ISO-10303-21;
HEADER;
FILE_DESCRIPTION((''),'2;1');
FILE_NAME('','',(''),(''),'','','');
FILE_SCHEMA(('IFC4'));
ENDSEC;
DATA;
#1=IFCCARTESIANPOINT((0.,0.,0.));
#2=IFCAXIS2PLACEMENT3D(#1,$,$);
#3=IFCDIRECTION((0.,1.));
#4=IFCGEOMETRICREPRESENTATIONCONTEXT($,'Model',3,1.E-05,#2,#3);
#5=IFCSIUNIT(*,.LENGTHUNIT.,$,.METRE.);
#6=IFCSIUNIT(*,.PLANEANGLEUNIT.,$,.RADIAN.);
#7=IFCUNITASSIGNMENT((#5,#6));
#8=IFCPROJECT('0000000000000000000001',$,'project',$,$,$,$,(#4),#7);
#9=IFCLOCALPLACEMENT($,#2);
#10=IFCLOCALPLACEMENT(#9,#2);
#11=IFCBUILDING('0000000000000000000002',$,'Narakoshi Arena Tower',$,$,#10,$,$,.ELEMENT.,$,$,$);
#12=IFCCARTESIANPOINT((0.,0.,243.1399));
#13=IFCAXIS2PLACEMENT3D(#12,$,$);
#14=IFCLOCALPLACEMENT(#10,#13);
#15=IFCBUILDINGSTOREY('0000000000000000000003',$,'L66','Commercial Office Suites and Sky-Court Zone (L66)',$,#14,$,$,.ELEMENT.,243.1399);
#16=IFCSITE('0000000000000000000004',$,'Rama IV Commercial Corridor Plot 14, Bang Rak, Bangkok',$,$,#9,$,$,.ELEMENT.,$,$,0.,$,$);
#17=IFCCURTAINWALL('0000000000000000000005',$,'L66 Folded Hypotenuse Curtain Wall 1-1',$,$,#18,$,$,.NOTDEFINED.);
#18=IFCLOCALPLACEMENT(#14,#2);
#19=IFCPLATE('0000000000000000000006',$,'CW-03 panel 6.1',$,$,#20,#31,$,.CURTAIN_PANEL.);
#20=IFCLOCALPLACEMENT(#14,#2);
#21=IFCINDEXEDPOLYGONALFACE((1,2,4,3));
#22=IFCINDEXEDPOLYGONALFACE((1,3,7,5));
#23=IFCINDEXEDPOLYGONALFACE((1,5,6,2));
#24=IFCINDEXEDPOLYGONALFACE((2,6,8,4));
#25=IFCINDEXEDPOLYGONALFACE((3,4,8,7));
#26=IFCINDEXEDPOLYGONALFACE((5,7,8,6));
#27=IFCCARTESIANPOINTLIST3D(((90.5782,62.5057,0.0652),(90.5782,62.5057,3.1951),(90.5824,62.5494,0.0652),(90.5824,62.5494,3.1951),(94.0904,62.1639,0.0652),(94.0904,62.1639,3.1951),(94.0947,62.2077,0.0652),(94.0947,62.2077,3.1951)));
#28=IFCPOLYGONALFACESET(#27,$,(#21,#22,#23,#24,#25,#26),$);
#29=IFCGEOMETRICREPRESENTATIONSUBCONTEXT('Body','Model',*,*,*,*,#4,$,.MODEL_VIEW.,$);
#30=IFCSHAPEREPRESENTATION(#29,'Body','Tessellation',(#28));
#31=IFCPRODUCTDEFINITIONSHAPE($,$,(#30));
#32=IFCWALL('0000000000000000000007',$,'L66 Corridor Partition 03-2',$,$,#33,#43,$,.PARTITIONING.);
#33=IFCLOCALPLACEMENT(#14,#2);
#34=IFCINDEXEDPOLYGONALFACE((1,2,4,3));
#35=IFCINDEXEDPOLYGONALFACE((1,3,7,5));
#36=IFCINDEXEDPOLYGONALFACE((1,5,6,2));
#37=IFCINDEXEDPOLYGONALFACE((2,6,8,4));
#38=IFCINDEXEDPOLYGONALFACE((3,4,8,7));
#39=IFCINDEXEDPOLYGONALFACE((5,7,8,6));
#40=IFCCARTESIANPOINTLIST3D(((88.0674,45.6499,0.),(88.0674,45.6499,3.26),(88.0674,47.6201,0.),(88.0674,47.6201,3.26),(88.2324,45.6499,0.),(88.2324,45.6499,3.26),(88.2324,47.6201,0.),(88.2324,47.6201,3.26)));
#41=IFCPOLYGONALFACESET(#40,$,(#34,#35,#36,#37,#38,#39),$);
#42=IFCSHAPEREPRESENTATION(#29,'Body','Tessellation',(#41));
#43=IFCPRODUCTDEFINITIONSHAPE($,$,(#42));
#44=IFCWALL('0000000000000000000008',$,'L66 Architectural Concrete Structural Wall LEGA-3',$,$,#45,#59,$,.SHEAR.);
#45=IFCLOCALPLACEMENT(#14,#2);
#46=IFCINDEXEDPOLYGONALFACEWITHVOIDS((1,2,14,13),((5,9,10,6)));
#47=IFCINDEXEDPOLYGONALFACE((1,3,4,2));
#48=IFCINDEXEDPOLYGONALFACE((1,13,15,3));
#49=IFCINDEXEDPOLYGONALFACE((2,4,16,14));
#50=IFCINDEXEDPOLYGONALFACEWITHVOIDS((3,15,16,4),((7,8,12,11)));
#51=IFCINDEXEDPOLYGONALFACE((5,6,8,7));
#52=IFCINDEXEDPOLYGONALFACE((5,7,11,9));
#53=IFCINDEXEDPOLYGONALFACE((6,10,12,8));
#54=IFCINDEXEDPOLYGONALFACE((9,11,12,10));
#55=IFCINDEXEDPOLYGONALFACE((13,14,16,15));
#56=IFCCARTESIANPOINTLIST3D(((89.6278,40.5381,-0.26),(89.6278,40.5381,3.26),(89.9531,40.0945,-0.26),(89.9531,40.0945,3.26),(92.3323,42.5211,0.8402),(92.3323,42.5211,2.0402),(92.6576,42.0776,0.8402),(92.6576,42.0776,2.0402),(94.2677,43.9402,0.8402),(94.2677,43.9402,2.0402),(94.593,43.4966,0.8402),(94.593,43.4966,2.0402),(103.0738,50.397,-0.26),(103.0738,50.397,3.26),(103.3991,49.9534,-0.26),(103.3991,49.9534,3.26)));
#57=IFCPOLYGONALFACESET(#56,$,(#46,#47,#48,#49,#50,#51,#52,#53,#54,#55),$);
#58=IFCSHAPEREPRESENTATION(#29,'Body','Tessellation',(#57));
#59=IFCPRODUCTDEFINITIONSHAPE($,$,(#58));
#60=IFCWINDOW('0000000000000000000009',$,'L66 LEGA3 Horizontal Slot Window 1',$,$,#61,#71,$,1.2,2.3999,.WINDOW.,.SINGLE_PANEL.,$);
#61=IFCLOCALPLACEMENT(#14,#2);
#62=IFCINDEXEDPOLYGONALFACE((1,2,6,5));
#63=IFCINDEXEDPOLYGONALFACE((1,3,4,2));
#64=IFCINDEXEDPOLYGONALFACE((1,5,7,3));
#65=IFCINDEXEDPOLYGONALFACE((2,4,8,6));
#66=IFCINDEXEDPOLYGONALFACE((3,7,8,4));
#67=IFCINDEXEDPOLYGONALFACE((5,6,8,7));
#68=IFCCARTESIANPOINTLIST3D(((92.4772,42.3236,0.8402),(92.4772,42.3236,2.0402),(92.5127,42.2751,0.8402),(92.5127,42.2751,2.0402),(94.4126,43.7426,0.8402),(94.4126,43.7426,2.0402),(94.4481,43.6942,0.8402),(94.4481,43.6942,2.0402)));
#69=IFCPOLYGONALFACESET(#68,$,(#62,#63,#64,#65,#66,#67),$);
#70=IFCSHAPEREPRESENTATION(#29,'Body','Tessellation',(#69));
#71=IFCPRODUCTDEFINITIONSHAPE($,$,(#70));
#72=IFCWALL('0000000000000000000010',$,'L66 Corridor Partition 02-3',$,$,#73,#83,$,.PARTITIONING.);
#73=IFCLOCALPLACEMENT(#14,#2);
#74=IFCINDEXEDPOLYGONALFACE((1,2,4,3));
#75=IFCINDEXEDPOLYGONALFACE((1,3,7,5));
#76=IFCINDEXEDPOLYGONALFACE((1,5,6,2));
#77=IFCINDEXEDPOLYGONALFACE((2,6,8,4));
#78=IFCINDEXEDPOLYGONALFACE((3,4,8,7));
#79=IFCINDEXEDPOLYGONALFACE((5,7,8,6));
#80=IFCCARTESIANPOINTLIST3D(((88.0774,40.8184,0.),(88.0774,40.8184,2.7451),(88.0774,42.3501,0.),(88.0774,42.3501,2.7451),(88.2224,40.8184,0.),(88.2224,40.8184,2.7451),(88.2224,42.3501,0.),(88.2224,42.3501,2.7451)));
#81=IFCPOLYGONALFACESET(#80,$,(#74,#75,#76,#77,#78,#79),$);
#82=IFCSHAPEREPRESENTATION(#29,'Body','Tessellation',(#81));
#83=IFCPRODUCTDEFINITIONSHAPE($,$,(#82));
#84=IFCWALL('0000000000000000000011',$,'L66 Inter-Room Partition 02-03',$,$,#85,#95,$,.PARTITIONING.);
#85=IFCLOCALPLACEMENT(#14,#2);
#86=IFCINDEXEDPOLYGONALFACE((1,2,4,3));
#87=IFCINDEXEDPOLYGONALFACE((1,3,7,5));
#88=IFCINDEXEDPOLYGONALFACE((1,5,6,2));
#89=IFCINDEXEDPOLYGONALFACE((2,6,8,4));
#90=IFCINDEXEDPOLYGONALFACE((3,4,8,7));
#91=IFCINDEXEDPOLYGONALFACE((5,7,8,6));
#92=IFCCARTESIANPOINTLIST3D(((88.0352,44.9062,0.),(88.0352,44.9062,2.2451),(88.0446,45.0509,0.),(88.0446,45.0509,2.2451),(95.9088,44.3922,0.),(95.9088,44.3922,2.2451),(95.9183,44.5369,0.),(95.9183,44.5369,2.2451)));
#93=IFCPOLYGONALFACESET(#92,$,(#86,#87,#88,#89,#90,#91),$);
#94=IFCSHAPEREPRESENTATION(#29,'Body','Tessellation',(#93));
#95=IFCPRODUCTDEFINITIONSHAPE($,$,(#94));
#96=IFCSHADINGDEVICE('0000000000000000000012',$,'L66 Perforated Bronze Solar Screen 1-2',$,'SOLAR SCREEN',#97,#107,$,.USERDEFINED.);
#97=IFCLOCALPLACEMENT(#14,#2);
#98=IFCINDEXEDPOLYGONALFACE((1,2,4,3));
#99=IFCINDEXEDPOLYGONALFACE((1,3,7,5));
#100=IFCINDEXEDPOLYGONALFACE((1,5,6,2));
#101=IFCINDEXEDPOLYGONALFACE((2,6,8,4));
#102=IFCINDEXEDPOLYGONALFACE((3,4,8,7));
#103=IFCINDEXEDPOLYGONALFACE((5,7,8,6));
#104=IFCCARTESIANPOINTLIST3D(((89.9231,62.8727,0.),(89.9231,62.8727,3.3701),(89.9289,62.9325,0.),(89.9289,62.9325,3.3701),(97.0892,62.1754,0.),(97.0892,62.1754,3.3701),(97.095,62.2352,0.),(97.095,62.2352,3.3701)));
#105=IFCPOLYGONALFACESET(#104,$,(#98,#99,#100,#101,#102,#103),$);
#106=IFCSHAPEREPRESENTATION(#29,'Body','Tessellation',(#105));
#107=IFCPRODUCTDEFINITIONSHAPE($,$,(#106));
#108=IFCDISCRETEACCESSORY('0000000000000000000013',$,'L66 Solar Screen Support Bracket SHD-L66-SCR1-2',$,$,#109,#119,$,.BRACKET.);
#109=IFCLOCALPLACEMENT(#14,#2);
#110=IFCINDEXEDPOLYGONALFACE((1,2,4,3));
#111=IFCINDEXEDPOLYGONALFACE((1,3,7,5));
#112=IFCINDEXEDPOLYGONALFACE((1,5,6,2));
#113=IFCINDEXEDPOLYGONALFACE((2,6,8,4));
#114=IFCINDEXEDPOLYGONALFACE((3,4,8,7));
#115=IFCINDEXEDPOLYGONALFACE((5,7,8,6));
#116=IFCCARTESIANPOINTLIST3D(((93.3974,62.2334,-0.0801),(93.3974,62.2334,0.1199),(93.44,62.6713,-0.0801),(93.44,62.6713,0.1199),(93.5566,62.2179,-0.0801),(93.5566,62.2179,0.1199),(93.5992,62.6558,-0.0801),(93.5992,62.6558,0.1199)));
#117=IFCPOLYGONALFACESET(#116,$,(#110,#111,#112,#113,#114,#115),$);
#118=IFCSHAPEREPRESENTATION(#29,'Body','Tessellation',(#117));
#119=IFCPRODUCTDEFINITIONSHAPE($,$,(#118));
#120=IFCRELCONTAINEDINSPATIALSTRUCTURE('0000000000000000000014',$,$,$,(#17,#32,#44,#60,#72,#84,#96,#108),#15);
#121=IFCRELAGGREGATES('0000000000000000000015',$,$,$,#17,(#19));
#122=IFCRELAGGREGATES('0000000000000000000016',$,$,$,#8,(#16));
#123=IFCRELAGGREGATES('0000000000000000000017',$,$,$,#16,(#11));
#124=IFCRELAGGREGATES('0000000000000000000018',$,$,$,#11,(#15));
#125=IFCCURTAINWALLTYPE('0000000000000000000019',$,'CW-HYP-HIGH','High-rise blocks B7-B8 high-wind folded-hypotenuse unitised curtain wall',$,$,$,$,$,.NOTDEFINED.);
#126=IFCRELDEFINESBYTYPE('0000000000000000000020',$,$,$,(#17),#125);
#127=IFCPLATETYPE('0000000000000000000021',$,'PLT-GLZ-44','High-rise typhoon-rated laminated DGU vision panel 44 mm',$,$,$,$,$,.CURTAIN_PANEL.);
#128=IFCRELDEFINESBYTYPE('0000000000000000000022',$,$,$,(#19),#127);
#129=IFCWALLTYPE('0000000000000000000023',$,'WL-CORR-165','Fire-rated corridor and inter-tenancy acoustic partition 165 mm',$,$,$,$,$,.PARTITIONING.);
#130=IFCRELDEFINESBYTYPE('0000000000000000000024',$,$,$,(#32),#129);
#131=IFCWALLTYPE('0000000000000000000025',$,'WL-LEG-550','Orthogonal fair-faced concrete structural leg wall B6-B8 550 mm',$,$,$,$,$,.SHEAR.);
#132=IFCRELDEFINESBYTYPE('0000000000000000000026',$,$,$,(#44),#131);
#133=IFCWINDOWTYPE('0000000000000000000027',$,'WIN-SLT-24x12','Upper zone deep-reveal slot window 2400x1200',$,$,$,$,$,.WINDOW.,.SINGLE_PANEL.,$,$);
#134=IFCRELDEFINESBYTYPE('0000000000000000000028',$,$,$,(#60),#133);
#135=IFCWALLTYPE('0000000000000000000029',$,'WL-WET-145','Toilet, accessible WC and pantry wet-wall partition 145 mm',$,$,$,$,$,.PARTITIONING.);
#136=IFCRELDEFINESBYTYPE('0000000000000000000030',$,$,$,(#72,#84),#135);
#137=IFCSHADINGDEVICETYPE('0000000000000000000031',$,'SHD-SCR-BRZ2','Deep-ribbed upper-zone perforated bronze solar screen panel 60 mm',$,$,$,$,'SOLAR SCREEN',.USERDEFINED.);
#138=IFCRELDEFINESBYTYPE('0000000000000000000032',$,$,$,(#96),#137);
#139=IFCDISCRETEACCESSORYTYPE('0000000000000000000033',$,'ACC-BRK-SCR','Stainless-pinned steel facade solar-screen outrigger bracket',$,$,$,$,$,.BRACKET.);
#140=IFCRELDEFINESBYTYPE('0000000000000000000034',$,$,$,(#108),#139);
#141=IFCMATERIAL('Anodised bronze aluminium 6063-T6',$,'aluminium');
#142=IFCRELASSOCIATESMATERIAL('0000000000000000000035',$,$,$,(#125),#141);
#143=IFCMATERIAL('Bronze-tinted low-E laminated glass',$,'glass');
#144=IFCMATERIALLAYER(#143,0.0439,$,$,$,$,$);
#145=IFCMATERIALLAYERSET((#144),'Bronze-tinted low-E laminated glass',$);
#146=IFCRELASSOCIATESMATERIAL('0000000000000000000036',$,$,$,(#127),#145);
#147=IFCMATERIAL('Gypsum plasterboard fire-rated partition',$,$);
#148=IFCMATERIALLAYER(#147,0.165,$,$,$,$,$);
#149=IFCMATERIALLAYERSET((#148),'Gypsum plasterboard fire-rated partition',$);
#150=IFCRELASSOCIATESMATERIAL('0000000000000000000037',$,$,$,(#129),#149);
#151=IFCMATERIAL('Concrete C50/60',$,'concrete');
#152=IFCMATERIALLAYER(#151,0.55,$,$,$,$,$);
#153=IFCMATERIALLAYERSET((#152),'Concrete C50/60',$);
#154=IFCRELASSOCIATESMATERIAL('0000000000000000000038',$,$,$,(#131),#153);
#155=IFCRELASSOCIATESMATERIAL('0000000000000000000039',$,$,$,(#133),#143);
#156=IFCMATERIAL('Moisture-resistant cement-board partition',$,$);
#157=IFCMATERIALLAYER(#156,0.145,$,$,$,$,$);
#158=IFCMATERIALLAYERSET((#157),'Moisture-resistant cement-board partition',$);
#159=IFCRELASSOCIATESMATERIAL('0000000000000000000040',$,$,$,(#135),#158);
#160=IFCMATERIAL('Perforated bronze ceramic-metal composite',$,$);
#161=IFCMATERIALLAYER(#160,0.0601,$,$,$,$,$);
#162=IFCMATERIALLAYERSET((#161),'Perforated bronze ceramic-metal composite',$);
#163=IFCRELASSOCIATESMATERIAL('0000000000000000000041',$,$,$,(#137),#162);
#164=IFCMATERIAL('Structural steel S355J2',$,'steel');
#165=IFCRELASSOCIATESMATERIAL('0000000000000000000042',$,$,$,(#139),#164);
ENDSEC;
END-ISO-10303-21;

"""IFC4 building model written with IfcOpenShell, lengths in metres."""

from ifc_helpers import new_model, si_unit, direction, frame, frame_2d, origin, origin_2d, place, context, subcontext, project, spatial, rectangle, extrude, material, layer, layer_set, type_object, element, fill, aggregate, save


model = new_model("IFC4")

# Units and contexts
model_context = context("Model", 3, precision=1e-05, world=origin(), true_north=direction((0.0, 1.0)))
body_context = subcontext(model_context, "Body", "Model", "MODEL_VIEW")
ifc_project = project(units=[si_unit("LENGTHUNIT", "METRE"), si_unit("PLANEANGLEUNIT", "RADIAN")], contexts=[model_context])

# Site, building, storey
site_placement = place(None, origin())
site = spatial("IfcSite", under=ifc_project, at=site_placement, Name="Rama IV Commercial Corridor Plot 14, Bang Rak, Bangkok", CompositionType="ELEMENT", RefElevation=0.0)
building_placement = place(site_placement, origin())
building = spatial("IfcBuilding", under=site, at=building_placement, Name="Narakoshi Arena Tower", CompositionType="ELEMENT")
storey_placement = place(building_placement, frame((0.0, 0.0, 243.1399)))
storey = spatial("IfcBuildingStorey", under=building, at=storey_placement, Name="L66", Description="Commercial Office Suites and Sky-Court Zone (L66)", CompositionType="ELEMENT", Elevation=243.1399)

# Shared definitions
ifc_material_1 = material(Name="Concrete C50/60", Category="concrete")

# Shared definitions
ifc_material_2 = material(Name="Structural steel S355J2", Category="steel")

# Curtain wall
ifc_material_3 = material(Name="Anodised bronze aluminium 6063-T6", Category="aluminium")
curtain_wall_type = type_object("IfcCurtainWallType", Name="CW-HYP-HIGH", Description="High-rise blocks B7-B8 high-wind folded-hypotenuse unitised curtain wall", PredefinedType="NOTDEFINED", material=ifc_material_3)
curtain_wall_1_placement = place(storey_placement, origin())
curtain_wall_1 = element("IfcCurtainWall", 1, at=curtain_wall_1_placement, inside=storey, type_object=curtain_wall_type, Name="L66 Folded Hypotenuse Curtain Wall 1-1", PredefinedType="NOTDEFINED")

# Plate
ifc_material_4 = material(Name="Bronze-tinted low-E laminated glass", Category="glass")
ifc_layer_1 = layer(ifc_material_4, 0.0439)
ifc_layer_set_1 = layer_set([ifc_layer_1], Name="Bronze-tinted low-E laminated glass")
plate_type = type_object("IfcPlateType", Name="PLT-GLZ-44", Description="High-rise typhoon-rated laminated DGU vision panel 44 mm", PredefinedType="CURTAIN_PANEL", material=ifc_layer_set_1)
plate_1_placement = place(storey_placement, frame((92.3364, 62.3567, 0.0652), z_axis=(0.0, 0.0, 1.0), x_axis=(-0.995299, 0.096851, 0.0)))
plate_1 = element("IfcPlate", 2, at=plate_1_placement, type_object=plate_type, Name="CW-03 panel 6.1", PredefinedType="CURTAIN_PANEL", context=body_context, shape_type="SweptSolid", body=[
    extrude(rectangle(XDim=3.5288, YDim=0.0439, at=origin_2d()), origin(), (0.0, 0.0, 1.0), 3.1299),
])
aggregate(curtain_wall_1, [plate_1])

# Wall
ifc_material_5 = material(Name="Gypsum plasterboard fire-rated partition")
ifc_layer_2 = layer(ifc_material_5, 0.165)
ifc_layer_set_2 = layer_set([ifc_layer_2], Name="Gypsum plasterboard fire-rated partition")
wall_type_1 = type_object("IfcWallType", Name="WL-CORR-165", Description="Fire-rated corridor and inter-tenancy acoustic partition 165 mm", PredefinedType="PARTITIONING", material=ifc_layer_set_2)
wall_1_placement = place(storey_placement, frame((88.1499, 45.6499, 0.0), z_axis=(0.0, 0.0, 1.0), x_axis=(0.0, 1.0, 0.0)))
element("IfcWall", 3, at=wall_1_placement, inside=storey, type_object=wall_type_1, Name="L66 Corridor Partition 03-2", PredefinedType="PARTITIONING", context=body_context, shape_type="SweptSolid", body=[
    extrude(rectangle(XDim=1.9702, YDim=0.165, at=frame_2d((0.9851, 0.0))), origin(), (0.0, 0.0, 1.0), 3.26),
])

# Wall, opening, window
ifc_layer_3 = layer(ifc_material_1, 0.55)
ifc_layer_set_3 = layer_set([ifc_layer_3], Name="Concrete C50/60")
wall_type_2 = type_object("IfcWallType", Name="WL-LEG-550", Description="Orthogonal fair-faced concrete structural leg wall B6-B8 550 mm", PredefinedType="SHEAR", material=ifc_layer_set_3)
wall_2_placement = place(storey_placement, frame((89.7905, 40.3164, -0.26), z_axis=(0.0, 0.0, 1.0), x_axis=(0.806449, 0.591303, 0.0)))
wall_2 = element("IfcWall", 4, at=wall_2_placement, inside=storey, type_object=wall_type_2, Name="L66 Architectural Concrete Structural Wall LEGA-3", PredefinedType="SHEAR", context=body_context, shape_type="SweptSolid", body=[
    extrude(rectangle(XDim=16.6731, YDim=0.55, at=frame_2d((8.3364, 0.0))), origin(), (0.0, 0.0, 1.0), 3.52),
])
opening_placement = place(wall_2_placement, frame((3.3535, 0.0, 1.1001)))
opening = element("IfcOpeningElement", 5, at=opening_placement, cuts=wall_2, PredefinedType="OPENING", context=body_context, shape_type="SweptSolid", body=[
    extrude(rectangle(XDim=2.3999, YDim=1.2, at=frame_2d((1.2, 0.6001))), frame((0.0, 0.2849, 0.0), z_axis=(0.0, -1.0, 0.0), x_axis=(1.0, 0.0, 0.0)), (0.0, 0.0, 1.0), 0.5701),
])
window_type = type_object("IfcWindowType", Name="WIN-SLT-24x12", Description="Upper zone deep-reveal slot window 2400x1200", PartitioningType="SINGLE_PANEL", PredefinedType="WINDOW", material=ifc_material_4)
window_placement = place(opening_placement, origin())
window = element("IfcWindow", 6, at=window_placement, inside=storey, type_object=window_type, Name="L66 LEGA3 Horizontal Slot Window 1", OverallHeight=1.2, OverallWidth=2.3999, PartitioningType="SINGLE_PANEL", PredefinedType="WINDOW", context=body_context, shape_type="SweptSolid", body=[
    extrude(rectangle(XDim=2.3999, YDim=1.2, at=frame_2d((1.2, 0.6001))), frame((0.0, 0.03, 0.0), z_axis=(0.0, -1.0, 0.0), x_axis=(1.0, 0.0, 0.0)), (0.0, 0.0, 1.0), 0.0601),
])
fill(opening, window)

# Walls
ifc_material_6 = material(Name="Moisture-resistant cement-board partition")
ifc_layer_4 = layer(ifc_material_6, 0.145)
ifc_layer_set_4 = layer_set([ifc_layer_4], Name="Moisture-resistant cement-board partition")
wall_type_3 = type_object("IfcWallType", Name="WL-WET-145", Description="Toilet, accessible WC and pantry wet-wall partition 145 mm", PredefinedType="PARTITIONING", material=ifc_layer_set_4)
wall_3_placement = place(storey_placement, frame((88.1499, 40.8184, 0.0), z_axis=(0.0, 0.0, 1.0), x_axis=(0.0, 1.0, 0.0)))
element("IfcWall", 7, at=wall_3_placement, inside=storey, type_object=wall_type_3, Name="L66 Corridor Partition 02-3", PredefinedType="PARTITIONING", context=body_context, shape_type="SweptSolid", body=[
    extrude(rectangle(XDim=1.5317, YDim=0.145, at=frame_2d((0.7659, 0.0))), origin(), (0.0, 0.0, 1.0), 2.7451),
])
wall_4_placement = place(storey_placement, frame((88.0398, 44.9785, 0.0), z_axis=(0.0, 0.0, 1.0), x_axis=(0.997877, -0.065133, 0.0)))
element("IfcWall", 8, at=wall_4_placement, inside=storey, type_object=wall_type_3, Name="L66 Inter-Room Partition 02-03", PredefinedType="PARTITIONING", context=body_context, shape_type="SweptSolid", body=[
    extrude(rectangle(XDim=7.8904, YDim=0.145, at=frame_2d((3.9453, 0.0))), origin(), (0.0, 0.0, 1.0), 2.2451),
])

# Shading device
ifc_material_7 = material(Name="Perforated bronze ceramic-metal composite")
ifc_layer_5 = layer(ifc_material_7, 0.0601)
ifc_layer_set_5 = layer_set([ifc_layer_5], Name="Perforated bronze ceramic-metal composite")
shading_device_type = type_object("IfcShadingDeviceType", Name="SHD-SCR-BRZ2", Description="Deep-ribbed upper-zone perforated bronze solar screen panel 60 mm", ElementType="SOLAR SCREEN", PredefinedType="USERDEFINED", material=ifc_layer_set_5)
shading_device_placement = place(storey_placement, frame((93.509, 62.554, 0.0), z_axis=(0.0, 0.0, 1.0), x_axis=(-0.995299, 0.096853, 0.0)))
element("IfcShadingDevice", 9, at=shading_device_placement, inside=storey, type_object=shading_device_type, Name="L66 Perforated Bronze Solar Screen 1-2", ObjectType="SOLAR SCREEN", PredefinedType="USERDEFINED", context=body_context, shape_type="SweptSolid", body=[
    extrude(rectangle(XDim=7.2, YDim=0.0601, at=origin_2d()), origin(), (0.0, 0.0, 1.0), 3.3701),
])

# Discrete accessory
discrete_accessory_type = type_object("IfcDiscreteAccessoryType", Name="ACC-BRK-SCR", Description="Stainless-pinned steel facade solar-screen outrigger bracket", PredefinedType="BRACKET", material=ifc_material_2)
discrete_accessory_placement = place(storey_placement, frame((93.4983, 62.4446, -0.0801), z_axis=(0.0, 0.0, 1.0), x_axis=(-0.995299, 0.096853, 0.0)))
element("IfcDiscreteAccessory", 10, at=discrete_accessory_placement, inside=storey, type_object=discrete_accessory_type, Name="L66 Solar Screen Support Bracket SHD-L66-SCR1-2", PredefinedType="BRACKET", context=body_context, shape_type="SweptSolid", body=[
    extrude(rectangle(XDim=0.1599, YDim=0.4399, at=origin_2d()), origin(), (0.0, 0.0, 1.0), 0.2),
])

save(model, "model.ifc")
